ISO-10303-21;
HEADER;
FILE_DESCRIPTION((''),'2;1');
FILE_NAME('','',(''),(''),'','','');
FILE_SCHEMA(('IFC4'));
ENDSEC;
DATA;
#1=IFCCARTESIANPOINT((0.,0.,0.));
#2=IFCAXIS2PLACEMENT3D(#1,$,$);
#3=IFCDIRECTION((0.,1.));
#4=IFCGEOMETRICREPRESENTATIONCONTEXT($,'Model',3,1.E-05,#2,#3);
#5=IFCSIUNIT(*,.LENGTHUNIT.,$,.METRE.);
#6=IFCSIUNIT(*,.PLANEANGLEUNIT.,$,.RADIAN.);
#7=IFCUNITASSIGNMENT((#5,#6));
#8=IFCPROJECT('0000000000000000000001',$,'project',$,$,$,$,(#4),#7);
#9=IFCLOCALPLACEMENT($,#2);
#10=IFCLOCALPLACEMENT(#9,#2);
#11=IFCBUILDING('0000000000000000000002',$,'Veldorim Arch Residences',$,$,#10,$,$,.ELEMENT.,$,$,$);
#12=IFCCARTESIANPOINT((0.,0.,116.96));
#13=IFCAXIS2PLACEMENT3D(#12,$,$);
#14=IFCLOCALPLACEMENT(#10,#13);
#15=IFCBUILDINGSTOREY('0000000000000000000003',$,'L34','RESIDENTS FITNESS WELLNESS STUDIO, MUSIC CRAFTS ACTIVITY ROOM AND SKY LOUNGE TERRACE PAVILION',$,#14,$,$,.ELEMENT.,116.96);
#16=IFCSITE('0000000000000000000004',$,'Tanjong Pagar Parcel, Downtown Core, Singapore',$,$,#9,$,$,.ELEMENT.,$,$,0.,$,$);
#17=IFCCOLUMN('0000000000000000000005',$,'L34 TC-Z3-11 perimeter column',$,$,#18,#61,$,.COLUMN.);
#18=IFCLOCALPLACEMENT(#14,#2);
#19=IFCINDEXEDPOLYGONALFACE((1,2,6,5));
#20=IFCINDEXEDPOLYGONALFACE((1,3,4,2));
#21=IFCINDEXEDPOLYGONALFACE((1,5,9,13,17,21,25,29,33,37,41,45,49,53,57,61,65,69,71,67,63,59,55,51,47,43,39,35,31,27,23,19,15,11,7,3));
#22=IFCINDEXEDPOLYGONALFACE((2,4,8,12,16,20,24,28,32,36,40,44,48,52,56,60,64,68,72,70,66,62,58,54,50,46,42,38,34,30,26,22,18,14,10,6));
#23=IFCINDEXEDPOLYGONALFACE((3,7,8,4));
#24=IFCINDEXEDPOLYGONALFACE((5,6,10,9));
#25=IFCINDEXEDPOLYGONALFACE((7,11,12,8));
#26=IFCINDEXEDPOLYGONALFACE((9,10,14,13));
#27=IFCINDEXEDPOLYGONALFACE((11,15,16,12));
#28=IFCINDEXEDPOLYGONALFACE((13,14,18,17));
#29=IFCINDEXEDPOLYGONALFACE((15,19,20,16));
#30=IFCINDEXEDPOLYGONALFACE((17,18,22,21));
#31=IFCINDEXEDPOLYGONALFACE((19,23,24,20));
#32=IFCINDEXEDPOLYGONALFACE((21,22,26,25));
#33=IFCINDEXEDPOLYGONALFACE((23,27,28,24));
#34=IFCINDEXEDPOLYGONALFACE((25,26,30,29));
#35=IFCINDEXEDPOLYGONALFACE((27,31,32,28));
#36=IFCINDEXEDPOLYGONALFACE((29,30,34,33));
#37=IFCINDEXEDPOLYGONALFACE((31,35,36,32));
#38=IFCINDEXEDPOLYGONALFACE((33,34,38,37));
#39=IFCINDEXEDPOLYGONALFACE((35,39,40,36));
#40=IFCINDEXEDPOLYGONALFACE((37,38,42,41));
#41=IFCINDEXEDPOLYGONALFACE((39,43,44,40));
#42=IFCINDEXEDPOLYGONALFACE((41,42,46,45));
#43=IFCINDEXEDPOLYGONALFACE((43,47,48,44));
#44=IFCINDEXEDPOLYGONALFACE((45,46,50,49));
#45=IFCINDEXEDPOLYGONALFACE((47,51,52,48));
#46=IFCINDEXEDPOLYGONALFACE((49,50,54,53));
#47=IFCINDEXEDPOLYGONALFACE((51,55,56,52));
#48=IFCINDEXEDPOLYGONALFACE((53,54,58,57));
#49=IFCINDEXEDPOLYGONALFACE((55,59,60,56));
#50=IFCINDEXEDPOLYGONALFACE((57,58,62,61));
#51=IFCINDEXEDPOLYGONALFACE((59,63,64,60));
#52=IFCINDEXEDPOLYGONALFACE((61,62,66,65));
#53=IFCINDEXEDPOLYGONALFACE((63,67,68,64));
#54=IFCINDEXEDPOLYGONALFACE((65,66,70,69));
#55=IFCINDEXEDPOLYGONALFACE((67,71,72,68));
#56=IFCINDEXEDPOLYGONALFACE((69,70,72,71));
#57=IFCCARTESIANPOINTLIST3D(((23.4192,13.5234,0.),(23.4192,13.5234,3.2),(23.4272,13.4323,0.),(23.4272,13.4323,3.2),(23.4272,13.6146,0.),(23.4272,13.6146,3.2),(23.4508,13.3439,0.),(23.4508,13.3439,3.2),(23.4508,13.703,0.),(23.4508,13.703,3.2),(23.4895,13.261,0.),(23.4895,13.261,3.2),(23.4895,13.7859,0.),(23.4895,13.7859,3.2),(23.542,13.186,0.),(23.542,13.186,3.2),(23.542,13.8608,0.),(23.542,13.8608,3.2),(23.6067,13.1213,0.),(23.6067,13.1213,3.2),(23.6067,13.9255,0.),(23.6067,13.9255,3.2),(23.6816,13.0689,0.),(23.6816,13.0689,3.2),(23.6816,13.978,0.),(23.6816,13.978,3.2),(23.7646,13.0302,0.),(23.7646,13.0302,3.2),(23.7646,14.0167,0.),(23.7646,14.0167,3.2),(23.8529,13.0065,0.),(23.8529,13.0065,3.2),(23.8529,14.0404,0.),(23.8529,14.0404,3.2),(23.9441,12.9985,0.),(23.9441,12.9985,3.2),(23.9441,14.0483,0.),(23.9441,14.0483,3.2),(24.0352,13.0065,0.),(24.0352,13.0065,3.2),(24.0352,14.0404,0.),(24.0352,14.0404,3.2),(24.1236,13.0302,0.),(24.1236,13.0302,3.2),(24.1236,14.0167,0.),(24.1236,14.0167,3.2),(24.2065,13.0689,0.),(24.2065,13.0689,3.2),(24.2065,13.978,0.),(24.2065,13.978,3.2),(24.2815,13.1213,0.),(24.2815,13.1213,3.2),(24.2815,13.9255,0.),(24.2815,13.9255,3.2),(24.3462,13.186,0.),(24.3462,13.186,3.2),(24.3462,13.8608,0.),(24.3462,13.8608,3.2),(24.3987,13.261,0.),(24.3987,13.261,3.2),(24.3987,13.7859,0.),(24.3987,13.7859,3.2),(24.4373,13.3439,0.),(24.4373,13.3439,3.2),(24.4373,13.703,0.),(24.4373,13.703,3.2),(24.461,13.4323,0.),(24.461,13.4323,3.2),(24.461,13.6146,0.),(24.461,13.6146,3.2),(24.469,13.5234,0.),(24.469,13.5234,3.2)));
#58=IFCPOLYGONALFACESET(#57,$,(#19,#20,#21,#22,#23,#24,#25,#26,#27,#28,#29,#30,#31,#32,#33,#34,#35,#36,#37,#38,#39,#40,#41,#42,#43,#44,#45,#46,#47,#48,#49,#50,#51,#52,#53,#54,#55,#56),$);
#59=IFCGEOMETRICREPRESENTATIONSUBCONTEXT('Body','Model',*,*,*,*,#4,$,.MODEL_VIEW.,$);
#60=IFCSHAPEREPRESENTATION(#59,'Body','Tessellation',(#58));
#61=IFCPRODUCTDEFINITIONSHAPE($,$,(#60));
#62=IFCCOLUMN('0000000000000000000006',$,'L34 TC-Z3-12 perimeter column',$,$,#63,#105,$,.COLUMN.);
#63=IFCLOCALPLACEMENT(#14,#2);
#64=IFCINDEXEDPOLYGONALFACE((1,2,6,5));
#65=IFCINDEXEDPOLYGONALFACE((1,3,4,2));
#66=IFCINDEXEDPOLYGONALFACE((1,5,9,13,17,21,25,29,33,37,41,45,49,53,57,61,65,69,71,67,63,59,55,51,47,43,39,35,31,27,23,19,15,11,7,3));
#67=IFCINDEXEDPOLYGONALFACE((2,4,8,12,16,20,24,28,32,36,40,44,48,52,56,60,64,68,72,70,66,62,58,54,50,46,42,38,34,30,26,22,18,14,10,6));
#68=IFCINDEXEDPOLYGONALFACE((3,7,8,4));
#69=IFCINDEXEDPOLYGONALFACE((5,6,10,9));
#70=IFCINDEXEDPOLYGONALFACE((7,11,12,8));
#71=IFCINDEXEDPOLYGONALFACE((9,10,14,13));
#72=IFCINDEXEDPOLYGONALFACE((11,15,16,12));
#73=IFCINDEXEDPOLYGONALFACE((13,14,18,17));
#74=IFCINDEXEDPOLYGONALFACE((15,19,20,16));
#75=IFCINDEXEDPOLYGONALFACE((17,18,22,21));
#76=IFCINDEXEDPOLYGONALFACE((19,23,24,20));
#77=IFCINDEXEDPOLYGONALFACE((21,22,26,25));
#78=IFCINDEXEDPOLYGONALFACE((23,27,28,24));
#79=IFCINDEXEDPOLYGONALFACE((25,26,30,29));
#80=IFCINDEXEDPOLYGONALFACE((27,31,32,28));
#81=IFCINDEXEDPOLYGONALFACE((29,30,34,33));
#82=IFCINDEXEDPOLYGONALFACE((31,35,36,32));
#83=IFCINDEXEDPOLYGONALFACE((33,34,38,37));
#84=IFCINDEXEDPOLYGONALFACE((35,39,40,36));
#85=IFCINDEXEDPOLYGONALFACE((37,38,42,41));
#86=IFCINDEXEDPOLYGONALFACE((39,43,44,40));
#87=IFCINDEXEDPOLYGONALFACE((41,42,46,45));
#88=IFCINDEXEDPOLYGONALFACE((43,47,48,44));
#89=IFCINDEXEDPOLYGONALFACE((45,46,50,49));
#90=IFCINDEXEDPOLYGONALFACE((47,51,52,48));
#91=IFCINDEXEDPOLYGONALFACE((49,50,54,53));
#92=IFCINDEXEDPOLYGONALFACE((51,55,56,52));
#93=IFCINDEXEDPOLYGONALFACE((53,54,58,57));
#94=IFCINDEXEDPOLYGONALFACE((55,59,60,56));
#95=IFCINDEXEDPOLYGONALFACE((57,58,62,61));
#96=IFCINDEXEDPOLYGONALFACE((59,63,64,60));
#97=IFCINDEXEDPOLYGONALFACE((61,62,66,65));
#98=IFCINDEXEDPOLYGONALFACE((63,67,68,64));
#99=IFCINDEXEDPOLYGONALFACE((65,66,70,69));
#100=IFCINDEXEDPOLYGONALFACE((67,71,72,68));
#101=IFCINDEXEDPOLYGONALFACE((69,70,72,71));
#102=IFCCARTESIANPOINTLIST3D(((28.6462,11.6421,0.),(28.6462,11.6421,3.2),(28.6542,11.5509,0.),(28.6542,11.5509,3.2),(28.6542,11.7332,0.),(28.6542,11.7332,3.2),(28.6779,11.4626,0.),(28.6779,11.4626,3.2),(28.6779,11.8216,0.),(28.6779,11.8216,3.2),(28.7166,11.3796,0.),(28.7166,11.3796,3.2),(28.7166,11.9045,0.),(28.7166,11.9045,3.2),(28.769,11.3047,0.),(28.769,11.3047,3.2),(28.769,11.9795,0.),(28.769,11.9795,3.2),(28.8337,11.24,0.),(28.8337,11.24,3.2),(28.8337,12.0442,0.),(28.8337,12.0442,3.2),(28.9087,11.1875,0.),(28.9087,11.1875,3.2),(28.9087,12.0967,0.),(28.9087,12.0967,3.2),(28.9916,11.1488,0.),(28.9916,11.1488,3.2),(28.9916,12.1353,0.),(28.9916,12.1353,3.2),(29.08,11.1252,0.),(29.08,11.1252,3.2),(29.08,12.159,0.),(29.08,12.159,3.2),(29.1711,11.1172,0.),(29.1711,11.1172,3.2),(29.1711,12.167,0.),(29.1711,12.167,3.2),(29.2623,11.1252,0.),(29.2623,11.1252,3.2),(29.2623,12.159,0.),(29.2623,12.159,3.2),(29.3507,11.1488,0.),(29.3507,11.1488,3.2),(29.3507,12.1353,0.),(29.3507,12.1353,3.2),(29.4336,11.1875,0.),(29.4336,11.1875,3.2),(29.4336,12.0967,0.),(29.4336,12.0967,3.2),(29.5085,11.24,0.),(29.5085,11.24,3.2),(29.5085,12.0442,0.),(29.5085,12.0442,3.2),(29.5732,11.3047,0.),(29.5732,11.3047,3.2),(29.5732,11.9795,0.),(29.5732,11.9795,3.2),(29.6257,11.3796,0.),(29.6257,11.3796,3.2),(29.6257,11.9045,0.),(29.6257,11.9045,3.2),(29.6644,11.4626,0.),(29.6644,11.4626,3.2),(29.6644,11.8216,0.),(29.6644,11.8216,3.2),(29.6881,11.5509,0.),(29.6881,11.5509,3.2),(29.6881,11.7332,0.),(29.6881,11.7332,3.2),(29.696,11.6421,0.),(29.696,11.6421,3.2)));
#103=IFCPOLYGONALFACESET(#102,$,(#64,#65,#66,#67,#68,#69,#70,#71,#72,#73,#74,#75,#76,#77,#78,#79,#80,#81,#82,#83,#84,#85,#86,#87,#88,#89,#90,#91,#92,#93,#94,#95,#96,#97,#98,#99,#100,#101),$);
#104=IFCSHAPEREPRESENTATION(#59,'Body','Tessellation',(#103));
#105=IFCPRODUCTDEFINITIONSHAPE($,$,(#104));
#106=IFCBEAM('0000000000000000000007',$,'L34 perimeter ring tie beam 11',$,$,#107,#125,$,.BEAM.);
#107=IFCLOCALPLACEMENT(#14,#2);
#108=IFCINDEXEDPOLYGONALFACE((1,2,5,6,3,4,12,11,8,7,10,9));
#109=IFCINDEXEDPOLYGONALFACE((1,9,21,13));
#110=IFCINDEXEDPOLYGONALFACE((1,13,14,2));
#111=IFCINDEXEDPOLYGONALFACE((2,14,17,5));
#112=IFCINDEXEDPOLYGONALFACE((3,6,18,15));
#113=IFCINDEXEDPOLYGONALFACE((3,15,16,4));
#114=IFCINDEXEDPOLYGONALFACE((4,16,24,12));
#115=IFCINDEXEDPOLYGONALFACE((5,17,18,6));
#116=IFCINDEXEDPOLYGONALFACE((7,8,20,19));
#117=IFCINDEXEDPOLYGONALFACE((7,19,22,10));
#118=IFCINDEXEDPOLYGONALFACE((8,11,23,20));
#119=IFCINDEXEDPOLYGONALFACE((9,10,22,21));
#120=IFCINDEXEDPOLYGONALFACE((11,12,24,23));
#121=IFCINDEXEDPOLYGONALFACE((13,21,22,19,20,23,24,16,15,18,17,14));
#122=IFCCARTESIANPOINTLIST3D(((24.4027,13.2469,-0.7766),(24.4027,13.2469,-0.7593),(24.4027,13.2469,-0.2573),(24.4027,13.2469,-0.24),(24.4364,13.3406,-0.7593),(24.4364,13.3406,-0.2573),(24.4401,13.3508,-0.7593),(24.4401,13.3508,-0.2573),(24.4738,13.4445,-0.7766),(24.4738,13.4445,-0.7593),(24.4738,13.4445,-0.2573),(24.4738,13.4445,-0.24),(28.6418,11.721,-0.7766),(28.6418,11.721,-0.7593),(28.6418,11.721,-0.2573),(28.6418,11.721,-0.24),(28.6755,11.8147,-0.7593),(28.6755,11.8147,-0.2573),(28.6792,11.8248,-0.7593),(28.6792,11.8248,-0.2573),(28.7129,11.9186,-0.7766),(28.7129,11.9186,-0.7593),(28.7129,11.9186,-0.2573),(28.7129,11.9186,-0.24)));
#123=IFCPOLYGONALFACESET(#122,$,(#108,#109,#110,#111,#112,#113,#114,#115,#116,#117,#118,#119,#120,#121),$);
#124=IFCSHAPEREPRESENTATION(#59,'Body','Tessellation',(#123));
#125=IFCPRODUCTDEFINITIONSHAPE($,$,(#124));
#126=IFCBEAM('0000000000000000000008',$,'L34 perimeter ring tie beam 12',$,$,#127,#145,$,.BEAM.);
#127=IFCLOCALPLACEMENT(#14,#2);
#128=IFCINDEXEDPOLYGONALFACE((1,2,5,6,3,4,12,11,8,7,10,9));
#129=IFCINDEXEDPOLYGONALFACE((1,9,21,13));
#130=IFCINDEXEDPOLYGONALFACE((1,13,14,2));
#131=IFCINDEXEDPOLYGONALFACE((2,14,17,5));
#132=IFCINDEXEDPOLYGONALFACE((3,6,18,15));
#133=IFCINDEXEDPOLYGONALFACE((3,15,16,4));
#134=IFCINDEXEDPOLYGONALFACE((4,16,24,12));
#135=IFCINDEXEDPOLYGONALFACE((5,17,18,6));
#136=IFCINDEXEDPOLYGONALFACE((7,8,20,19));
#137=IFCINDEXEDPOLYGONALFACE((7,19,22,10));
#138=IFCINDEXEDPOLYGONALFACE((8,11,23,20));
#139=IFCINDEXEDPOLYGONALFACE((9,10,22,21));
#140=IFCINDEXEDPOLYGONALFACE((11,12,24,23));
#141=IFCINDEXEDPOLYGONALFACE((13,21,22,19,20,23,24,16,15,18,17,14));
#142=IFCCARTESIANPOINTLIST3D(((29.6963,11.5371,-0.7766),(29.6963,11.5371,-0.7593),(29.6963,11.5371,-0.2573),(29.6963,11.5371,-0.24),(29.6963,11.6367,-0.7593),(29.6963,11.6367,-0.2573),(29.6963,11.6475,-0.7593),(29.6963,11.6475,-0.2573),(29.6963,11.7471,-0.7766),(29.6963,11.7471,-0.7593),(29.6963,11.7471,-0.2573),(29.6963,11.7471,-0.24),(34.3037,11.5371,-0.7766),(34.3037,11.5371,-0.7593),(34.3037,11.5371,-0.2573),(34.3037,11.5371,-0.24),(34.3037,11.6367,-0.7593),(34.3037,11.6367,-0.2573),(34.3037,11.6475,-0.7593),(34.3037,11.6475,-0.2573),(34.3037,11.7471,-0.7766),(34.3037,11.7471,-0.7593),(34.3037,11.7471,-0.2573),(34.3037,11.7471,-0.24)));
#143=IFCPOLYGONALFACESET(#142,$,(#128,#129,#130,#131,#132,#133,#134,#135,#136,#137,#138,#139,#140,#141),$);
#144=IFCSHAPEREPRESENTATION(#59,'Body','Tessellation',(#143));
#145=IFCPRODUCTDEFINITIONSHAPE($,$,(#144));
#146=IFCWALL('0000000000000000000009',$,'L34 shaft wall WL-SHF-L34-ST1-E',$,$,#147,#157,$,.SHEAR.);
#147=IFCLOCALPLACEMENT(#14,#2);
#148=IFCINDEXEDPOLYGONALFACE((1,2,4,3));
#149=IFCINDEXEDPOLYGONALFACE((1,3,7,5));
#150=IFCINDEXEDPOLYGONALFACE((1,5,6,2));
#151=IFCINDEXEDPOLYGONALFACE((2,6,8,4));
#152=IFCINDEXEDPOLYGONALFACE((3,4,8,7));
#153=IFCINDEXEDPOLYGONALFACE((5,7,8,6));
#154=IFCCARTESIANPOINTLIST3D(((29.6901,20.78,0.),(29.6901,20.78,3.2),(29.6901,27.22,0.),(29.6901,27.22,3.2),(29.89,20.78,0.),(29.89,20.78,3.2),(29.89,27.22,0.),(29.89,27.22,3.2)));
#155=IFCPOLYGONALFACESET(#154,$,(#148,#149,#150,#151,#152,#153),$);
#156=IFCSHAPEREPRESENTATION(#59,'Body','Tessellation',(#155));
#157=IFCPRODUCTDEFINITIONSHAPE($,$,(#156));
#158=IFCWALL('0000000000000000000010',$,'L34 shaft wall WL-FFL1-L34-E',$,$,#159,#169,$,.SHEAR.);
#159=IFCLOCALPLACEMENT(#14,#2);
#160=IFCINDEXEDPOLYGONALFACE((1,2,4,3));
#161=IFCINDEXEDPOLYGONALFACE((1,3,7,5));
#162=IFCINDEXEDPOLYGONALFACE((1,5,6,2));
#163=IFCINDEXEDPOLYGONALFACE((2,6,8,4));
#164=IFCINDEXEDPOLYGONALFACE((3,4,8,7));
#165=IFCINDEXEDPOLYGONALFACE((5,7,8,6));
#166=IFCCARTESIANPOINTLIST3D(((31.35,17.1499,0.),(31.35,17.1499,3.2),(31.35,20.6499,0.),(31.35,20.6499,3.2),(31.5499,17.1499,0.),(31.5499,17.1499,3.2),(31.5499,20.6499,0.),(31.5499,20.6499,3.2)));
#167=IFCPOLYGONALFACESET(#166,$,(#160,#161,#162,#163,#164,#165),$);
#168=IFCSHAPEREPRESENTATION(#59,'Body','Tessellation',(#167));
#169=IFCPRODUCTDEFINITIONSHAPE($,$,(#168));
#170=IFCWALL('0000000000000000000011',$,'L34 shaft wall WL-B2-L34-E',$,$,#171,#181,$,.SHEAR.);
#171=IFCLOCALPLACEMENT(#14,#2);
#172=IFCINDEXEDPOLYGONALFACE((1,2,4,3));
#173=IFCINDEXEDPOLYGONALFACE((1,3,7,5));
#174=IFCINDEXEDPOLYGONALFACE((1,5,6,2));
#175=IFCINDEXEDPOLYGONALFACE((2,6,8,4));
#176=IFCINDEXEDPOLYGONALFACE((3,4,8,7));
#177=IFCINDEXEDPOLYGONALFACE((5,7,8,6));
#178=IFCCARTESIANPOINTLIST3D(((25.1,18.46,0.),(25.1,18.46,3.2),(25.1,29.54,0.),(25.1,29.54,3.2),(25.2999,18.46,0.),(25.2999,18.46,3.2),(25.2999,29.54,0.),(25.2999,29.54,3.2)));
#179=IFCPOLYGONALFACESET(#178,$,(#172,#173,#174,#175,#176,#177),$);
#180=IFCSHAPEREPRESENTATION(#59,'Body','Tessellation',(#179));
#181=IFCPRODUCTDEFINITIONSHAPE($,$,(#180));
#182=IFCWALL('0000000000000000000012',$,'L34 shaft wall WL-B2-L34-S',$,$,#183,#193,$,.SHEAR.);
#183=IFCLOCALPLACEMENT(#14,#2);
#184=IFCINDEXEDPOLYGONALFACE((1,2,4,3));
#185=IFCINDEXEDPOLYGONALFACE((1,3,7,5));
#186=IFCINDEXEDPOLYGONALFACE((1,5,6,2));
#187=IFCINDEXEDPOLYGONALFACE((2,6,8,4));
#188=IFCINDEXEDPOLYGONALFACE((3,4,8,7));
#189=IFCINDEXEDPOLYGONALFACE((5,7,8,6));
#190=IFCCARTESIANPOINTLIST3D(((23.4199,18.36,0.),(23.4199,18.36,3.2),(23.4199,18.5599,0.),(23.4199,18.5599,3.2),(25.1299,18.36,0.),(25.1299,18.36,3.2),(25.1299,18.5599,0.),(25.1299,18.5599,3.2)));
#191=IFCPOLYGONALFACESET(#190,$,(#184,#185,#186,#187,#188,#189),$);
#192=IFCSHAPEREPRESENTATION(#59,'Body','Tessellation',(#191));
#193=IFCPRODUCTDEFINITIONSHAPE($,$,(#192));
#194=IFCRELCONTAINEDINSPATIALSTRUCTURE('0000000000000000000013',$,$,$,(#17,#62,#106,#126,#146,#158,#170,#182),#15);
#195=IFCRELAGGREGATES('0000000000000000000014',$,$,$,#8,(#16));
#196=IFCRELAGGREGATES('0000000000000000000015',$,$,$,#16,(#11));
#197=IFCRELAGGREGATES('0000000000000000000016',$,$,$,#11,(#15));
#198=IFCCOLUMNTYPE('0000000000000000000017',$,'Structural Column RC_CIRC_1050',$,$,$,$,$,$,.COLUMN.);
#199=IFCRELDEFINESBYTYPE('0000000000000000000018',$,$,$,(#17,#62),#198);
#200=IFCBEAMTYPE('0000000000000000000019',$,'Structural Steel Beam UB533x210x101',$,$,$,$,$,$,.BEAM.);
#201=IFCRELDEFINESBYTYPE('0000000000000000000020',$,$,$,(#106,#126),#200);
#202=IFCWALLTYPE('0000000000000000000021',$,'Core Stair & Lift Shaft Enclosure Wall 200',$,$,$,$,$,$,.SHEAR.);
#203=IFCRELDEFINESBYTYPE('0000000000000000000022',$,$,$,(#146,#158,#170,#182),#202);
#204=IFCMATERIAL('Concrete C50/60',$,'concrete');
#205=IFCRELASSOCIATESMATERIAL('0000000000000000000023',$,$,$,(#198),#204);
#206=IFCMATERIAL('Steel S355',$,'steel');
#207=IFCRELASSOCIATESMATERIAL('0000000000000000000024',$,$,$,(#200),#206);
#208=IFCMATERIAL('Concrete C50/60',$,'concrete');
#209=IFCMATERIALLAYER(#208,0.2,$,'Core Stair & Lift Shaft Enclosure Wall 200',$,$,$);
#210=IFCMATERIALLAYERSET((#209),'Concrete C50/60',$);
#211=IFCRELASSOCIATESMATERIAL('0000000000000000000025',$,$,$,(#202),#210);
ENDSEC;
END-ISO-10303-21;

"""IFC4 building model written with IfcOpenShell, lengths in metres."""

from ifc_helpers import new_model, si_unit, direction, frame, frame_2d, origin, origin_2d, place, context, subcontext, project, spatial, rectangle, circle, i_section, extrude, material, layer, layer_set, material_profile, profile_set, type_object, element, save


model = new_model("IFC4")

# Units and contexts
model_context = context("Model", 3, precision=1e-05, world=origin(), true_north=direction((0.0, 1.0)))
body_context = subcontext(model_context, "Body", "Model", "MODEL_VIEW")
ifc_project = project(units=[si_unit("LENGTHUNIT", "METRE"), si_unit("PLANEANGLEUNIT", "RADIAN")], contexts=[model_context])

# Site, building, storey
site_placement = place(None, origin())
site = spatial("IfcSite", under=ifc_project, at=site_placement, Name="Tanjong Pagar Parcel, Downtown Core, Singapore", CompositionType="ELEMENT", RefElevation=0.0)
building_placement = place(site_placement, origin())
building = spatial("IfcBuilding", under=site, at=building_placement, Name="Veldorim Arch Residences", CompositionType="ELEMENT")
storey_placement = place(building_placement, frame((0.0, 0.0, 116.96)))
storey = spatial("IfcBuildingStorey", under=building, at=storey_placement, Name="L34", Description="RESIDENTS FITNESS WELLNESS STUDIO, MUSIC CRAFTS ACTIVITY ROOM AND SKY LOUNGE TERRACE PAVILION", CompositionType="ELEMENT", Elevation=116.96)

# Columns
ifc_material_1 = material(Name="Concrete C50/60", Category="concrete")
ifc_material_profile_1 = material_profile(ifc_material_1, circle(Radius=0.5249, at=origin_2d()), Name="RC_CIRC_1050")
ifc_profile_set_1 = profile_set([ifc_material_profile_1], Name="Concrete C50/60")
column_type = type_object("IfcColumnType", Name="Structural Column RC_CIRC_1050", PredefinedType="COLUMN", material=ifc_profile_set_1)
for number, where, z_axis, x_axis, name in (
    (1, (23.9441, 13.5234, 0.0), (0.0, 0.0, 1.0), (1.0, 0.0, 0.0), "L34 TC-Z3-11 perimeter column"),
    (2, (29.1711, 11.6421, 0.0), (0.0, 0.0, 1.0), (1.0, 0.0, 0.0), "L34 TC-Z3-12 perimeter column"),
):
    element("IfcColumn", number, at=place(storey_placement, frame(where, z_axis=z_axis, x_axis=x_axis)), inside=storey, type_object=column_type, Name=name, PredefinedType="COLUMN", context=body_context, shape_type="SweptSolid", body=[
        extrude(circle(Radius=0.5249, at=origin_2d()), origin(), (0.0, 0.0, 1.0), 3.2),
    ])

# Beams
ifc_material_2 = material(Name="Steel S355", Category="steel")
ifc_material_profile_2 = material_profile(ifc_material_2, i_section(OverallWidth=0.21, OverallDepth=0.5366, WebThickness=0.0107, FlangeThickness=0.0173, at=origin_2d()), Name="UB533x210x101")
ifc_profile_set_2 = profile_set([ifc_material_profile_2], Name="Steel S355")
beam_type = type_object("IfcBeamType", Name="Structural Steel Beam UB533x210x101", PredefinedType="BEAM", material=ifc_profile_set_2)
beam_1_placement = place(storey_placement, frame((24.4382, 13.3457, -0.5083), z_axis=(0.940899, -0.338687, 0.0), x_axis=(0.338687, 0.940899, 0.0)))
element("IfcBeam", 3, at=beam_1_placement, inside=storey, type_object=beam_type, Name="L34 perimeter ring tie beam 11", PredefinedType="BEAM", context=body_context, shape_type="SweptSolid", body=[
    extrude(i_section(OverallWidth=0.21, OverallDepth=0.5366, WebThickness=0.0107, FlangeThickness=0.0173, at=origin_2d()), origin(), (0.0, 0.0, 1.0), 4.5054),
])
beam_2_placement = place(storey_placement, frame((29.6963, 11.6421, -0.5083), z_axis=(1.0, 0.0, 0.0), x_axis=(0.0, 1.0, 0.0)))
element("IfcBeam", 4, at=beam_2_placement, inside=storey, type_object=beam_type, Name="L34 perimeter ring tie beam 12", PredefinedType="BEAM", context=body_context, shape_type="SweptSolid", body=[
    extrude(i_section(OverallWidth=0.21, OverallDepth=0.5366, WebThickness=0.0107, FlangeThickness=0.0173, at=origin_2d()), origin(), (0.0, 0.0, 1.0), 4.6074),
])

# Wall
ifc_material_3 = material(Name="Concrete C50/60", Category="concrete")
ifc_layer_1 = layer(ifc_material_3, 0.2, Name="Core Stair & Lift Shaft Enclosure Wall 200")
ifc_layer_set_1 = layer_set([ifc_layer_1], Name="Concrete C50/60")
wall_type_1 = type_object("IfcWallType", Name="Core Stair & Lift Shaft Enclosure Wall 200", PredefinedType="SHEAR", material=ifc_layer_set_1)
wall_1_placement = place(storey_placement, frame((29.79, 20.78, 0.0), z_axis=(0.0, 0.0, 1.0), x_axis=(0.0, 1.0, 0.0)))
element("IfcWall", 5, at=wall_1_placement, inside=storey, type_object=wall_type_1, Name="L34 shaft wall WL-SHF-L34-ST1-E", PredefinedType="SHEAR", context=body_context, shape_type="SweptSolid", body=[
    extrude(rectangle(XDim=6.4399, YDim=0.2, at=frame_2d((3.22, 0.0))), origin(), (0.0, 0.0, 1.0), 3.2),
])

# Wall
wall_2_placement = place(storey_placement, frame((31.45, 17.1499, 0.0), z_axis=(0.0, 0.0, 1.0), x_axis=(0.0, 1.0, 0.0)))
element("IfcWall", 6, at=wall_2_placement, inside=storey, type_object=wall_type_1, Name="L34 shaft wall WL-FFL1-L34-E", PredefinedType="SHEAR", context=body_context, shape_type="SweptSolid", body=[
    extrude(rectangle(XDim=3.5, YDim=0.2, at=frame_2d((1.75, 0.0))), origin(), (0.0, 0.0, 1.0), 3.2),
])

# Walls
wall_3_placement = place(storey_placement, frame((25.2, 18.46, 0.0), z_axis=(0.0, 0.0, 1.0), x_axis=(0.0, 1.0, 0.0)))
element("IfcWall", 7, at=wall_3_placement, inside=storey, type_object=wall_type_1, Name="L34 shaft wall WL-B2-L34-E", PredefinedType="SHEAR", context=body_context, shape_type="SweptSolid", body=[
    extrude(rectangle(XDim=11.0801, YDim=0.2, at=frame_2d((5.54, 0.0))), origin(), (0.0, 0.0, 1.0), 3.2),
])
for number, where, z_axis, x_axis, name in (
    (8, (23.4199, 18.46, 0.0), (0.0, 0.0, 1.0), (1.0, 0.0, 0.0), "L34 shaft wall WL-B2-L34-S"),
):
    element("IfcWall", number, at=place(storey_placement, frame(where, z_axis=z_axis, x_axis=x_axis)), inside=storey, type_object=wall_type_1, Name=name, PredefinedType="SHEAR", context=body_context, shape_type="SweptSolid", body=[
        extrude(rectangle(XDim=1.71, YDim=0.2, at=frame_2d((0.855, 0.0))), origin(), (0.0, 0.0, 1.0), 3.2),
    ])

save(model, "model.ifc")
